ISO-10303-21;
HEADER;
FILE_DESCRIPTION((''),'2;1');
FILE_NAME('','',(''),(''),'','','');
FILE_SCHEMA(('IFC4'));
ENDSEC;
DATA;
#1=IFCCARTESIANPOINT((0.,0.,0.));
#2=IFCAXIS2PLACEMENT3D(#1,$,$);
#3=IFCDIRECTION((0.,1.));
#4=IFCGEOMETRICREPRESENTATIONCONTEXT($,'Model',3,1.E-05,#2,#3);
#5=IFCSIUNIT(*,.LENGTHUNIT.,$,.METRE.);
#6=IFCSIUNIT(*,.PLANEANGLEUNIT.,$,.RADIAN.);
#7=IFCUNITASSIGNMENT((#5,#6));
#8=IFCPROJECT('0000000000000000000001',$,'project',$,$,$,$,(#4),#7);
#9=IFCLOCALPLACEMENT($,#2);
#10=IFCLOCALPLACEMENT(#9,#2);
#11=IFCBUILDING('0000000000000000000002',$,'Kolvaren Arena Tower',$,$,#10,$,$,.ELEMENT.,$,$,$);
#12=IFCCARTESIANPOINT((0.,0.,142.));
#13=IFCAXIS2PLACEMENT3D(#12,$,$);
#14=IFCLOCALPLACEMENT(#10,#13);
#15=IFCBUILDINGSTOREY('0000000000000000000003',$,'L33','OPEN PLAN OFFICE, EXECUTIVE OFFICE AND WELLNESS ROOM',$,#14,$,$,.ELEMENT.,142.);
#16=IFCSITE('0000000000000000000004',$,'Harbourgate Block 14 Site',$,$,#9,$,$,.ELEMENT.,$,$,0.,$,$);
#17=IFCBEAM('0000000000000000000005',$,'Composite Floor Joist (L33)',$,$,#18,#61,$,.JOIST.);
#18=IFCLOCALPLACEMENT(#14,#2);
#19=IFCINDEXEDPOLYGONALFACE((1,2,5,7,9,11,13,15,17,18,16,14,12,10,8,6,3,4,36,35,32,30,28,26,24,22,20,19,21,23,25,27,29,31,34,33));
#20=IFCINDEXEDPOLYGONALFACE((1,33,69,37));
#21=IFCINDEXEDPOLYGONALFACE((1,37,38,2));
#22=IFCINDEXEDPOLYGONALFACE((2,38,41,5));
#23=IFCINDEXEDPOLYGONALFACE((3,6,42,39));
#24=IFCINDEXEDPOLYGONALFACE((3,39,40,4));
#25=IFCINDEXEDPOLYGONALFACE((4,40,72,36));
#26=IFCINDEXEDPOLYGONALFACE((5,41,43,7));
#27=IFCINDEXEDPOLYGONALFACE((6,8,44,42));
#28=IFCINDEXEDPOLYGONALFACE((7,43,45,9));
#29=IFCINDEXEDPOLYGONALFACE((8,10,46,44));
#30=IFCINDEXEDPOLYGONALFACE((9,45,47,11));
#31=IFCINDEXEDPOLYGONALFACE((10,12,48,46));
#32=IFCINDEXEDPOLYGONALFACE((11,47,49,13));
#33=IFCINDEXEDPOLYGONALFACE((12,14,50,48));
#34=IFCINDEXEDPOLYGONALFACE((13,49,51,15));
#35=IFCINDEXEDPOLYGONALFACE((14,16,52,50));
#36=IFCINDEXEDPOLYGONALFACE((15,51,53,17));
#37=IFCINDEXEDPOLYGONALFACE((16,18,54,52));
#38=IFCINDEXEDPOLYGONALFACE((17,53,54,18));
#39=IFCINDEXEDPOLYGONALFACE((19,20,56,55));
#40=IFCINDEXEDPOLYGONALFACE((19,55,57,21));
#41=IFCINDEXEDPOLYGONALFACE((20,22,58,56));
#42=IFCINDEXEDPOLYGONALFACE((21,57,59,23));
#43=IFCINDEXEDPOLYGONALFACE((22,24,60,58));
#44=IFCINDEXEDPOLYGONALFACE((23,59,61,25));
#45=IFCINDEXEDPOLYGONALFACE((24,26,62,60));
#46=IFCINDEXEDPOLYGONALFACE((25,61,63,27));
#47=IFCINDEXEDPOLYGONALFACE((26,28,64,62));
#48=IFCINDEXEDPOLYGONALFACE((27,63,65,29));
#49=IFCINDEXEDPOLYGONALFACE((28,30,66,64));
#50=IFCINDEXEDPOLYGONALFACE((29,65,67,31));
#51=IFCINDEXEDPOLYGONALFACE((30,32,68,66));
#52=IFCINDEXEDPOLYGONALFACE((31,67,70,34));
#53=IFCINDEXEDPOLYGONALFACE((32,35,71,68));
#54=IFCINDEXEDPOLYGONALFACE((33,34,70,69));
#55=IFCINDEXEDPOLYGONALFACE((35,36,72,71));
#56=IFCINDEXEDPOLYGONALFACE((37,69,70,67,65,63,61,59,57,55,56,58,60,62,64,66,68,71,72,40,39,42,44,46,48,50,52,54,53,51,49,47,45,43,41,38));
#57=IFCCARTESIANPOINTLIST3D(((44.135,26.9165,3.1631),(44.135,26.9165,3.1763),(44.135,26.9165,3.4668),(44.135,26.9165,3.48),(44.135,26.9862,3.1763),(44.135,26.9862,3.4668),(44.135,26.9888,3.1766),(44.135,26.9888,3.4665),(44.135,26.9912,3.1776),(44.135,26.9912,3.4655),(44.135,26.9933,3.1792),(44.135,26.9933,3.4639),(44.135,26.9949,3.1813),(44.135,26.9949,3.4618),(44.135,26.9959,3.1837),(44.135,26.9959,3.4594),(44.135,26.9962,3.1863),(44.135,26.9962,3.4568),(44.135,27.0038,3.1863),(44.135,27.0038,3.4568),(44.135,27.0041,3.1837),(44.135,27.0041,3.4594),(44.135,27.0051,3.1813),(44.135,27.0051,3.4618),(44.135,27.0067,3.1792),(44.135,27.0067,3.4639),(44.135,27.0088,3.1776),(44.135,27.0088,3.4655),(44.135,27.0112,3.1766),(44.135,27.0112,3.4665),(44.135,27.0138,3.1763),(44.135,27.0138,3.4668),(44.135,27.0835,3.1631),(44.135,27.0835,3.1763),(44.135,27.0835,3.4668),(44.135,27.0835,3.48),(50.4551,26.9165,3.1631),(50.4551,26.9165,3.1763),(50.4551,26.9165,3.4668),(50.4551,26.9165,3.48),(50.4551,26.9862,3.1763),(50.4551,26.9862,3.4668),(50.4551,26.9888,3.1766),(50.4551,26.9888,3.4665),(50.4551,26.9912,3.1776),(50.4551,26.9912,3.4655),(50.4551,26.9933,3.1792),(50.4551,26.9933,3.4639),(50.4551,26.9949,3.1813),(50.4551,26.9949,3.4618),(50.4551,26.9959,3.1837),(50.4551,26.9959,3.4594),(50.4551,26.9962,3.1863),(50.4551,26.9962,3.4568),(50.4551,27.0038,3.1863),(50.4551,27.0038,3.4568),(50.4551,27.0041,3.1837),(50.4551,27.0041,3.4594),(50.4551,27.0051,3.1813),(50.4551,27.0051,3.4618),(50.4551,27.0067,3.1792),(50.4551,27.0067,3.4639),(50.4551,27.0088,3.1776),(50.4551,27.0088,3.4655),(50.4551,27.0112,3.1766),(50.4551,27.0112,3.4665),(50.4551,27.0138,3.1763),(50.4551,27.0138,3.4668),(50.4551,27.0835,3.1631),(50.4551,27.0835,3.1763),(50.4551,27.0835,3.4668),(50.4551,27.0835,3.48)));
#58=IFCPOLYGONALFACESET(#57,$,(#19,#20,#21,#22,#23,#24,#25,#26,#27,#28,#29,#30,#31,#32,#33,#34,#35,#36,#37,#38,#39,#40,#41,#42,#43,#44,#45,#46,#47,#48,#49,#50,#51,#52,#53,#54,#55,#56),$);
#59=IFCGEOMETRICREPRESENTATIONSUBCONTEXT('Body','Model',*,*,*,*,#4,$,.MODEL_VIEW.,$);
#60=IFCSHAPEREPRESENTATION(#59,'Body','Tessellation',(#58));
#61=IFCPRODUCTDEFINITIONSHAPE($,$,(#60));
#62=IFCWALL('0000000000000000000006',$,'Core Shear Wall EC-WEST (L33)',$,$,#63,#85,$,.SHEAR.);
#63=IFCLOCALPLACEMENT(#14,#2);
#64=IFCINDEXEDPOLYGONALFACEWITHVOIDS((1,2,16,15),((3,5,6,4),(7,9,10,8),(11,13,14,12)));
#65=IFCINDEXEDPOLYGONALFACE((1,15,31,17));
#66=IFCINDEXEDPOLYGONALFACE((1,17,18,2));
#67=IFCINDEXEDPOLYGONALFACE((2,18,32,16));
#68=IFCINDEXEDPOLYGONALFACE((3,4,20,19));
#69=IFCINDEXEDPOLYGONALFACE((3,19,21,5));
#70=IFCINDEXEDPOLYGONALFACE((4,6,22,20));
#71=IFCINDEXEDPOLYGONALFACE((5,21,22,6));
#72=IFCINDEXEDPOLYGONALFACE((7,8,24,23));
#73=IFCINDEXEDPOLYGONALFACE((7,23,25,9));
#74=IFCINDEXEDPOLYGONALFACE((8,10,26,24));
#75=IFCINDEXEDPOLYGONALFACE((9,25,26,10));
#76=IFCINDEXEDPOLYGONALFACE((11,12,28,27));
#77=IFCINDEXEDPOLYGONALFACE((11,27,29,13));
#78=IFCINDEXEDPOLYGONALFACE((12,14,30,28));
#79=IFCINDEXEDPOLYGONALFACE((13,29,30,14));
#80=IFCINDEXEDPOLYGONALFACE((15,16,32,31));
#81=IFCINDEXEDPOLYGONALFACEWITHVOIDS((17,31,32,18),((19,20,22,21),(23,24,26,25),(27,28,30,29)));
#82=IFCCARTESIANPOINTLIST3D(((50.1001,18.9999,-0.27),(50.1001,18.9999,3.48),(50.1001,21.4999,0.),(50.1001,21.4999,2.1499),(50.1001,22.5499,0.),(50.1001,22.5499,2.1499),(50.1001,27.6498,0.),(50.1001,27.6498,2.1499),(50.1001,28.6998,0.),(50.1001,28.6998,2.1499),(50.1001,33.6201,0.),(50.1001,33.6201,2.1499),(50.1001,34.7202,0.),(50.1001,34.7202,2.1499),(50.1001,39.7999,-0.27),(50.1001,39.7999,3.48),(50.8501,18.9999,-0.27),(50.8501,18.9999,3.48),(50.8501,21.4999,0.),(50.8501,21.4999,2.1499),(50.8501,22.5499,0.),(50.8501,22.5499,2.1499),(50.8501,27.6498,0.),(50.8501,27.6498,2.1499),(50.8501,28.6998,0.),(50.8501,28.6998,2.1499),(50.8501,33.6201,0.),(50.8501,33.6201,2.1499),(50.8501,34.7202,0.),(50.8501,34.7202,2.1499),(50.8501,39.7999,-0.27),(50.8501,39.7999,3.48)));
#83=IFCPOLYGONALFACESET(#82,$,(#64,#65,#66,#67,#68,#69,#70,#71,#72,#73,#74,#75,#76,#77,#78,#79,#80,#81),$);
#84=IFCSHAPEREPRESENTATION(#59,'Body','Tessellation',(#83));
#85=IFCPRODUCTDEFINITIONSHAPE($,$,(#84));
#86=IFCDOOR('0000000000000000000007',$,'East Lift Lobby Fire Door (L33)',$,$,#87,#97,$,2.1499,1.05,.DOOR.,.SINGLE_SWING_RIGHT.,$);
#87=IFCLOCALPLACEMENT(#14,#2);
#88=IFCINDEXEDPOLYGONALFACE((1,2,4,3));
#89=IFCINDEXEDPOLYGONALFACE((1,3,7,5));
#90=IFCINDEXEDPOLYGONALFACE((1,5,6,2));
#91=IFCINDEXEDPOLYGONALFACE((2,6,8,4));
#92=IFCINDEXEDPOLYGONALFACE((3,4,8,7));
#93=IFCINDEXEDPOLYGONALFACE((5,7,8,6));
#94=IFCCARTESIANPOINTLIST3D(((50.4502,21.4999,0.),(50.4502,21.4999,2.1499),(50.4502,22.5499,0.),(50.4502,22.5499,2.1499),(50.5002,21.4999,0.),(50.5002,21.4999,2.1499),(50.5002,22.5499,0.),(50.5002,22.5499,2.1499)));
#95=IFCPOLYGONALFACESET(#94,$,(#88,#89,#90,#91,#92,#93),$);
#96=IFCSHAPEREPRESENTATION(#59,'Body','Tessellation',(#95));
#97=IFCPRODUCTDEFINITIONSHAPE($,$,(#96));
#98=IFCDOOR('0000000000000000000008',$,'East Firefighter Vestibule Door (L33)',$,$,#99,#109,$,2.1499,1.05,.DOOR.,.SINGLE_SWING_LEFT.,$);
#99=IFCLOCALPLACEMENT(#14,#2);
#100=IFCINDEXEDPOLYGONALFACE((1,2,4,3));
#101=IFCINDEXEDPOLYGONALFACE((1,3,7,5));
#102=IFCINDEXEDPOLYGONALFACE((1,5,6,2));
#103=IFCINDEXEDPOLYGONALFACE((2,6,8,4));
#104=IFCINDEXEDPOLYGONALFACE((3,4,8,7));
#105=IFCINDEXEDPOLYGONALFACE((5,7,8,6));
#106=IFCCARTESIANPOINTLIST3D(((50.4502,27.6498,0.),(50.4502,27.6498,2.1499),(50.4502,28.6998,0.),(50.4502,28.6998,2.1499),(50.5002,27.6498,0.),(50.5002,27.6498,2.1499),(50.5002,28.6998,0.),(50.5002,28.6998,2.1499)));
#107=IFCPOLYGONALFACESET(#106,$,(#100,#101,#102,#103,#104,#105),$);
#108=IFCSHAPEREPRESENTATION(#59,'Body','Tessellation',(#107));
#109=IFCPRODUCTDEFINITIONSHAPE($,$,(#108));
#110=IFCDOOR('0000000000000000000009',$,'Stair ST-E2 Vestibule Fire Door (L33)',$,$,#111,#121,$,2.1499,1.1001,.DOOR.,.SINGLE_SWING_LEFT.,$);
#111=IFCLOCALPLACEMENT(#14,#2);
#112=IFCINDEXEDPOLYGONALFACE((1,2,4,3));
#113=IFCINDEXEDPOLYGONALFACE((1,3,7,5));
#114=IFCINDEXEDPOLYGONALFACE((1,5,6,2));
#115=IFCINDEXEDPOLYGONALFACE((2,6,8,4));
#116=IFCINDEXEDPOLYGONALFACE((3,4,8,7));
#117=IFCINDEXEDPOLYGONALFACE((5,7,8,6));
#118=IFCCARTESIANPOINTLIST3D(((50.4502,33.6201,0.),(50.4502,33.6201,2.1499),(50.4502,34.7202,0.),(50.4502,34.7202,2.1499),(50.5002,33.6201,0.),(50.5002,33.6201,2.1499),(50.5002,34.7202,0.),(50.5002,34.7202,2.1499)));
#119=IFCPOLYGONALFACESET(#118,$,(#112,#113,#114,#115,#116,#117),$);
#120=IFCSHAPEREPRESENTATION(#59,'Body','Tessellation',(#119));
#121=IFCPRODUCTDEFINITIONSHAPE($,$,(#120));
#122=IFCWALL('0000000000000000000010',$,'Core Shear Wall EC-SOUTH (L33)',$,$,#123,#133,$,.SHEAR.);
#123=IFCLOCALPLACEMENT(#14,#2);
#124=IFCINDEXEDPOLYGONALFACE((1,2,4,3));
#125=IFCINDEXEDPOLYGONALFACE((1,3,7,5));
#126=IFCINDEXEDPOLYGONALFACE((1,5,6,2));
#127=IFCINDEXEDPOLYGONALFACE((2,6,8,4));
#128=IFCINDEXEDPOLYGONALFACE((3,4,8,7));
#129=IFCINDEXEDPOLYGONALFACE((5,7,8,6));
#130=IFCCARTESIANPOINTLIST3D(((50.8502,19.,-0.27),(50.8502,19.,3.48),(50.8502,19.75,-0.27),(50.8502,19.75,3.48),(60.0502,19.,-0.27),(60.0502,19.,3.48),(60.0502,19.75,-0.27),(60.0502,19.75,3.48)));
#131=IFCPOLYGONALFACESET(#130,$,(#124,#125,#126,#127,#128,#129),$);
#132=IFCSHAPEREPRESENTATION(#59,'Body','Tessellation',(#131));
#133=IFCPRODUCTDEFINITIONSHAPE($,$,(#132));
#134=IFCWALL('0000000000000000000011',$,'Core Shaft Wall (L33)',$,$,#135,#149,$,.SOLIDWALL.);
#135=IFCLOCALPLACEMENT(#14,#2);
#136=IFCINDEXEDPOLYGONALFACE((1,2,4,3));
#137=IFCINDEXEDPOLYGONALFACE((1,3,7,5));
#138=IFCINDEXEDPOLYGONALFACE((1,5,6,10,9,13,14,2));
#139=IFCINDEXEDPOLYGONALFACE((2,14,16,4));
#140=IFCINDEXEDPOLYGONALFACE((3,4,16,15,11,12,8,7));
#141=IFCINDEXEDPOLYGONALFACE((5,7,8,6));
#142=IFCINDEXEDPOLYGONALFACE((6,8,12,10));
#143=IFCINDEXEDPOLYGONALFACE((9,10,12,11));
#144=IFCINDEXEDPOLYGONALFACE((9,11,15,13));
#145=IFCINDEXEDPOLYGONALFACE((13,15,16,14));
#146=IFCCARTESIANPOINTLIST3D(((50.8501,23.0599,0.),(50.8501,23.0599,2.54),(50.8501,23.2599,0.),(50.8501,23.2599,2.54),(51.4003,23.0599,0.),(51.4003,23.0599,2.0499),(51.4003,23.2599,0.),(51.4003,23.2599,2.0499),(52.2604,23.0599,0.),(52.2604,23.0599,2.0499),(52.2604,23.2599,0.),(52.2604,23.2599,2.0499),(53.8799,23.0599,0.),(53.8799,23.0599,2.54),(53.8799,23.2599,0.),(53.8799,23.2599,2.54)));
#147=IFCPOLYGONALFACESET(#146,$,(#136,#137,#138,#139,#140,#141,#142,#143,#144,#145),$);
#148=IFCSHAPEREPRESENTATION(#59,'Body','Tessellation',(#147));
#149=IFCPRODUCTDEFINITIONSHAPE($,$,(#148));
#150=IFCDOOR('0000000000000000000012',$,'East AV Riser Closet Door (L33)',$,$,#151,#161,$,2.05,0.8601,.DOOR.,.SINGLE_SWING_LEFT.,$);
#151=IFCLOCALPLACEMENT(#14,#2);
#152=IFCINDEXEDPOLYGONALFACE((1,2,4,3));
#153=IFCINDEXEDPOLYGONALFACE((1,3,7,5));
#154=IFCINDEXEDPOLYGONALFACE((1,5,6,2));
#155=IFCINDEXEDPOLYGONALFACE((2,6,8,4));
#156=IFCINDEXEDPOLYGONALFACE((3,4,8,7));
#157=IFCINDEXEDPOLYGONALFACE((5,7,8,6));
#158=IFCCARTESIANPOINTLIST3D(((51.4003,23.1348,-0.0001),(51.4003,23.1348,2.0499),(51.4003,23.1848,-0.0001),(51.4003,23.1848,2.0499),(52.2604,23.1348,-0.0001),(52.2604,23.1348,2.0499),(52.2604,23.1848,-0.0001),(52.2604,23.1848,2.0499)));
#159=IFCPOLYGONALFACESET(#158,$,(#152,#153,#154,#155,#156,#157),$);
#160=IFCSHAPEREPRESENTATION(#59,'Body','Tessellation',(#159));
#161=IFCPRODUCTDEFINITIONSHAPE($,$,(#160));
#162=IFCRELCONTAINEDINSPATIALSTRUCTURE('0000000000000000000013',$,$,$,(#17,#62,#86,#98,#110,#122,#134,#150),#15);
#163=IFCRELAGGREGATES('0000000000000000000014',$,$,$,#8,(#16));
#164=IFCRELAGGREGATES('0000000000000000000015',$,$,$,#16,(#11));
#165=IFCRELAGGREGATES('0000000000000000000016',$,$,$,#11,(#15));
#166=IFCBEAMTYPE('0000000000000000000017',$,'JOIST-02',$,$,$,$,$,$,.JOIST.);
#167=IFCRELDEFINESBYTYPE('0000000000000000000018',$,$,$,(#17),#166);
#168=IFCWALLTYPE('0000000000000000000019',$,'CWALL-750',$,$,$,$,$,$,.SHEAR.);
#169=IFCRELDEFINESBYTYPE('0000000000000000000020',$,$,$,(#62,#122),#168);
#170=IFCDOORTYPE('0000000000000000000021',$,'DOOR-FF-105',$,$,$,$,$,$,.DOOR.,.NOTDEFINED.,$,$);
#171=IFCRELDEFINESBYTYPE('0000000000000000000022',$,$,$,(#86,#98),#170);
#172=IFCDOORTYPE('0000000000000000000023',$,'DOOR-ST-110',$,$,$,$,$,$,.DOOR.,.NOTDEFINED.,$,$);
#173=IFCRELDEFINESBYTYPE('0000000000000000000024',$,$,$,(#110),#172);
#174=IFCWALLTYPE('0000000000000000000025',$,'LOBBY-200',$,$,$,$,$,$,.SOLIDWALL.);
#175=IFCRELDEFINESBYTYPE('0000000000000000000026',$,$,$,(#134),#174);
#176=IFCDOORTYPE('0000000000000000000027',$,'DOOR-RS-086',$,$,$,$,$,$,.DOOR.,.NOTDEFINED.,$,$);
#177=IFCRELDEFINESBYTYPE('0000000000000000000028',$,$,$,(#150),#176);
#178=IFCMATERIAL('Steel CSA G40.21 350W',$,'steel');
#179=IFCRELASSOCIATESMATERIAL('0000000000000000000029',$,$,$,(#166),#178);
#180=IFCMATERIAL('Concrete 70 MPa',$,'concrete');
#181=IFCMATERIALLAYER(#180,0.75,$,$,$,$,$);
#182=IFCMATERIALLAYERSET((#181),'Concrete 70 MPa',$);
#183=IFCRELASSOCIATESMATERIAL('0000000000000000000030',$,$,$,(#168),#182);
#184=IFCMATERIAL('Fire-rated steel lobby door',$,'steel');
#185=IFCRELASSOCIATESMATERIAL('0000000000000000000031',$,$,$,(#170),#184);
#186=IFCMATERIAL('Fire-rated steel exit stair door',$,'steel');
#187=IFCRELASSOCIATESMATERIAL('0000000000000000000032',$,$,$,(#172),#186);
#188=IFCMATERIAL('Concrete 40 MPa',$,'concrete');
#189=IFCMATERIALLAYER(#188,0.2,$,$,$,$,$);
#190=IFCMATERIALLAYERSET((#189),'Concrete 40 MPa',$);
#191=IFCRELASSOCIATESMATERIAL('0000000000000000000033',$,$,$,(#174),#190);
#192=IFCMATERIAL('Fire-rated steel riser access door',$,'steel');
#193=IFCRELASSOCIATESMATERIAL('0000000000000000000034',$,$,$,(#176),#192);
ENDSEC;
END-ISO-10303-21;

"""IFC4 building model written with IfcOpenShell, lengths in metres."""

from ifc_helpers import new_model, si_unit, direction, frame, frame_2d, origin, origin_2d, place, context, subcontext, project, spatial, rectangle, i_section, extrude, material, layer, layer_set, material_profile, profile_set, type_object, element, fill, save


model = new_model("IFC4")

# Units and contexts
model_context = context("Model", 3, precision=1e-05, world=origin(), true_north=direction((0.0, 1.0)))
body_context = subcontext(model_context, "Body", "Model", "MODEL_VIEW")
ifc_project = project(units=[si_unit("LENGTHUNIT", "METRE"), si_unit("PLANEANGLEUNIT", "RADIAN")], contexts=[model_context])

# Site, building, storey
site_placement = place(None, origin())
site = spatial("IfcSite", under=ifc_project, at=site_placement, Name="Harbourgate Block 14 Site", CompositionType="ELEMENT", RefElevation=0.0)
building_placement = place(site_placement, origin())
building = spatial("IfcBuilding", under=site, at=building_placement, Name="Kolvaren Arena Tower", CompositionType="ELEMENT")
storey_placement = place(building_placement, frame((0.0, 0.0, 142.0)))
storey = spatial("IfcBuildingStorey", under=building, at=storey_placement, Name="L33", Description="OPEN PLAN OFFICE, EXECUTIVE OFFICE AND WELLNESS ROOM", CompositionType="ELEMENT", Elevation=142.0)

# Beam
ifc_material_1 = material(Name="Steel CSA G40.21 350W", Category="steel")
ifc_material_profile_1 = material_profile(ifc_material_1, i_section(OverallWidth=0.167, OverallDepth=0.3169, WebThickness=0.0076, FlangeThickness=0.0132, FilletRadius=0.01, at=origin_2d()), Name="W310x52")
ifc_profile_set_1 = profile_set([ifc_material_profile_1], Name="Steel CSA G40.21 350W")
beam_type_1 = type_object("IfcBeamType", Name="JOIST-02", PredefinedType="JOIST", material=ifc_profile_set_1)
for number, where, z_axis, x_axis, name in (
    (1, (44.135, 27.0, 3.3215), (1.0, 0.0, 0.0), (0.0, 1.0, 0.0), "Composite Floor Joist (L33)"),
):
    element("IfcBeam", number, at=place(storey_placement, frame(where, z_axis=z_axis, x_axis=x_axis)), inside=storey, type_object=beam_type_1, Name=name, PredefinedType="JOIST", context=body_context, shape_type="SweptSolid", body=[
        extrude(i_section(OverallWidth=0.167, OverallDepth=0.3169, WebThickness=0.0076, FlangeThickness=0.0132, FilletRadius=0.01, at=origin_2d()), origin(), (0.0, 0.0, 1.0), 6.3201),
    ])

# Wall, openings, doors
ifc_material_2 = material(Name="Concrete 70 MPa", Category="concrete")
ifc_layer_1 = layer(ifc_material_2, 0.75)
ifc_layer_set_1 = layer_set([ifc_layer_1], Name="Concrete 70 MPa")
wall_type_1 = type_object("IfcWallType", Name="CWALL-750", PredefinedType="SHEAR", material=ifc_layer_set_1)
wall_1_placement = place(storey_placement, frame((50.4751, 19.0, -0.27), z_axis=(0.0, 0.0, 1.0), x_axis=(0.0, 1.0, 0.0)))
wall_1 = element("IfcWall", 2, at=wall_1_placement, inside=storey, type_object=wall_type_1, Name="Core Shear Wall EC-WEST (L33)", PredefinedType="SHEAR", context=body_context, shape_type="SweptSolid", body=[
    extrude(rectangle(XDim=20.8, YDim=0.75, at=frame_2d((10.3999, 0.0))), origin(), (0.0, 0.0, 1.0), 3.75),
])
opening_1_placement = place(wall_1_placement, frame((2.5, 0.0, 0.27)))
opening_1 = element("IfcOpeningElement", 3, at=opening_1_placement, cuts=wall_1, PredefinedType="OPENING", context=body_context, shape_type="SweptSolid", body=[
    extrude(rectangle(XDim=1.05, YDim=2.1499, at=frame_2d((0.5249, 1.075))), frame((0.0, 0.385, 0.0), z_axis=(0.0, -1.0, 0.0), x_axis=(1.0, 0.0, 0.0)), (0.0, 0.0, 1.0), 0.77),
])
opening_2_placement = place(wall_1_placement, frame((8.6499, 0.0, 0.27)))
opening_2 = element("IfcOpeningElement", 4, at=opening_2_placement, cuts=wall_1, PredefinedType="OPENING", context=body_context, shape_type="SweptSolid", body=[
    extrude(rectangle(XDim=1.05, YDim=2.1499, at=frame_2d((0.5249, 1.075))), frame((0.0, 0.385, 0.0), z_axis=(0.0, -1.0, 0.0), x_axis=(1.0, 0.0, 0.0)), (0.0, 0.0, 1.0), 0.77),
])
opening_3_placement = place(wall_1_placement, frame((14.6201, 0.0, 0.27)))
opening_3 = element("IfcOpeningElement", 5, at=opening_3_placement, cuts=wall_1, PredefinedType="OPENING", context=body_context, shape_type="SweptSolid", body=[
    extrude(rectangle(XDim=1.1001, YDim=2.1499, at=frame_2d((0.55, 1.075))), frame((0.0, 0.385, 0.0), z_axis=(0.0, -1.0, 0.0), x_axis=(1.0, 0.0, 0.0)), (0.0, 0.0, 1.0), 0.77),
])
ifc_material_3 = material(Name="Fire-rated steel lobby door", Category="steel")
door_type_1 = type_object("IfcDoorType", Name="DOOR-FF-105", OperationType="NOTDEFINED", PredefinedType="DOOR", material=ifc_material_3)
door_1_placement = place(opening_1_placement, origin())
door_1 = element("IfcDoor", 6, at=door_1_placement, inside=storey, type_object=door_type_1, Name="East Lift Lobby Fire Door (L33)", OperationType="SINGLE_SWING_RIGHT", OverallHeight=2.1499, OverallWidth=1.05, PredefinedType="DOOR", context=body_context, shape_type="SweptSolid", body=[
    extrude(rectangle(XDim=1.05, YDim=2.1499, at=frame_2d((0.5249, 1.075))), frame((0.0, 0.0249, 0.0), z_axis=(0.0, -1.0, 0.0), x_axis=(1.0, 0.0, 0.0)), (0.0, 0.0, 1.0), 0.05),
])
fill(opening_1, door_1)
door_2_placement = place(opening_2_placement, origin())
door_2 = element("IfcDoor", 7, at=door_2_placement, inside=storey, type_object=door_type_1, Name="East Firefighter Vestibule Door (L33)", OperationType="SINGLE_SWING_LEFT", OverallHeight=2.1499, OverallWidth=1.05, PredefinedType="DOOR", context=body_context, shape_type="SweptSolid", body=[
    extrude(rectangle(XDim=1.05, YDim=2.1499, at=frame_2d((0.5249, 1.075))), frame((0.0, 0.0249, 0.0), z_axis=(0.0, -1.0, 0.0), x_axis=(1.0, 0.0, 0.0)), (0.0, 0.0, 1.0), 0.05),
])
fill(opening_2, door_2)
ifc_material_4 = material(Name="Fire-rated steel exit stair door", Category="steel")
door_type_2 = type_object("IfcDoorType", Name="DOOR-ST-110", OperationType="NOTDEFINED", PredefinedType="DOOR", material=ifc_material_4)
door_3_placement = place(opening_3_placement, origin())
door_3 = element("IfcDoor", 8, at=door_3_placement, inside=storey, type_object=door_type_2, Name="Stair ST-E2 Vestibule Fire Door (L33)", OperationType="SINGLE_SWING_LEFT", OverallHeight=2.1499, OverallWidth=1.1001, PredefinedType="DOOR", context=body_context, shape_type="SweptSolid", body=[
    extrude(rectangle(XDim=1.1001, YDim=2.1499, at=frame_2d((0.55, 1.075))), frame((0.0, 0.0249, 0.0), z_axis=(0.0, -1.0, 0.0), x_axis=(1.0, 0.0, 0.0)), (0.0, 0.0, 1.0), 0.05),
])
fill(opening_3, door_3)

# Wall
wall_2_placement = place(storey_placement, frame((50.8501, 19.375, -0.27), z_axis=(0.0, 0.0, 1.0), x_axis=(1.0, 0.0, 0.0)))
element("IfcWall", 9, at=wall_2_placement, inside=storey, type_object=wall_type_1, Name="Core Shear Wall EC-SOUTH (L33)", PredefinedType="SHEAR", context=body_context, shape_type="SweptSolid", body=[
    extrude(rectangle(XDim=9.2, YDim=0.75, at=frame_2d((4.6001, 0.0))), origin(), (0.0, 0.0, 1.0), 3.75),
])

# Shared definitions
ifc_material_5 = material(Name="Concrete 40 MPa", Category="concrete")
ifc_layer_2 = layer(ifc_material_5, 0.2)
ifc_layer_set_2 = layer_set([ifc_layer_2], Name="Concrete 40 MPa")
wall_type_2 = type_object("IfcWallType", Name="LOBBY-200", PredefinedType="SOLIDWALL", material=ifc_layer_set_2)

# Wall, opening, door
wall_3_placement = place(storey_placement, frame((50.8501, 23.1599, 0.0), z_axis=(0.0, 0.0, 1.0), x_axis=(1.0, 0.0, 0.0)))
wall_3 = element("IfcWall", 10, at=wall_3_placement, inside=storey, type_object=wall_type_2, Name="Core Shaft Wall (L33)", PredefinedType="SOLIDWALL", context=body_context, shape_type="SweptSolid", body=[
    extrude(rectangle(XDim=3.0298, YDim=0.2, at=frame_2d((1.5149, 0.0))), origin(), (0.0, 0.0, 1.0), 2.54),
])
opening_4_placement = place(wall_3_placement, frame((0.55, 0.0, 0.0)))
opening_4 = element("IfcOpeningElement", 11, at=opening_4_placement, cuts=wall_3, PredefinedType="OPENING", context=body_context, shape_type="SweptSolid", body=[
    extrude(rectangle(XDim=0.8601, YDim=2.05, at=frame_2d((0.4302, 1.0249))), frame((0.0, 0.1099, 0.0), z_axis=(0.0, -1.0, 0.0), x_axis=(1.0, 0.0, 0.0)), (0.0, 0.0, 1.0), 0.22),
])
ifc_material_6 = material(Name="Fire-rated steel riser access door", Category="steel")
door_type_3 = type_object("IfcDoorType", Name="DOOR-RS-086", OperationType="NOTDEFINED", PredefinedType="DOOR", material=ifc_material_6)
door_4_placement = place(opening_4_placement, origin())
door_4 = element("IfcDoor", 12, at=door_4_placement, inside=storey, type_object=door_type_3, Name="East AV Riser Closet Door (L33)", OperationType="SINGLE_SWING_LEFT", OverallHeight=2.05, OverallWidth=0.8601, PredefinedType="DOOR", context=body_context, shape_type="SweptSolid", body=[
    extrude(rectangle(XDim=0.8601, YDim=2.05, at=frame_2d((0.4302, 1.0249))), frame((0.0, 0.0249, 0.0), z_axis=(0.0, -1.0, 0.0), x_axis=(1.0, 0.0, 0.0)), (0.0, 0.0, 1.0), 0.05),
])
fill(opening_4, door_4)

save(model, "model.ifc")
